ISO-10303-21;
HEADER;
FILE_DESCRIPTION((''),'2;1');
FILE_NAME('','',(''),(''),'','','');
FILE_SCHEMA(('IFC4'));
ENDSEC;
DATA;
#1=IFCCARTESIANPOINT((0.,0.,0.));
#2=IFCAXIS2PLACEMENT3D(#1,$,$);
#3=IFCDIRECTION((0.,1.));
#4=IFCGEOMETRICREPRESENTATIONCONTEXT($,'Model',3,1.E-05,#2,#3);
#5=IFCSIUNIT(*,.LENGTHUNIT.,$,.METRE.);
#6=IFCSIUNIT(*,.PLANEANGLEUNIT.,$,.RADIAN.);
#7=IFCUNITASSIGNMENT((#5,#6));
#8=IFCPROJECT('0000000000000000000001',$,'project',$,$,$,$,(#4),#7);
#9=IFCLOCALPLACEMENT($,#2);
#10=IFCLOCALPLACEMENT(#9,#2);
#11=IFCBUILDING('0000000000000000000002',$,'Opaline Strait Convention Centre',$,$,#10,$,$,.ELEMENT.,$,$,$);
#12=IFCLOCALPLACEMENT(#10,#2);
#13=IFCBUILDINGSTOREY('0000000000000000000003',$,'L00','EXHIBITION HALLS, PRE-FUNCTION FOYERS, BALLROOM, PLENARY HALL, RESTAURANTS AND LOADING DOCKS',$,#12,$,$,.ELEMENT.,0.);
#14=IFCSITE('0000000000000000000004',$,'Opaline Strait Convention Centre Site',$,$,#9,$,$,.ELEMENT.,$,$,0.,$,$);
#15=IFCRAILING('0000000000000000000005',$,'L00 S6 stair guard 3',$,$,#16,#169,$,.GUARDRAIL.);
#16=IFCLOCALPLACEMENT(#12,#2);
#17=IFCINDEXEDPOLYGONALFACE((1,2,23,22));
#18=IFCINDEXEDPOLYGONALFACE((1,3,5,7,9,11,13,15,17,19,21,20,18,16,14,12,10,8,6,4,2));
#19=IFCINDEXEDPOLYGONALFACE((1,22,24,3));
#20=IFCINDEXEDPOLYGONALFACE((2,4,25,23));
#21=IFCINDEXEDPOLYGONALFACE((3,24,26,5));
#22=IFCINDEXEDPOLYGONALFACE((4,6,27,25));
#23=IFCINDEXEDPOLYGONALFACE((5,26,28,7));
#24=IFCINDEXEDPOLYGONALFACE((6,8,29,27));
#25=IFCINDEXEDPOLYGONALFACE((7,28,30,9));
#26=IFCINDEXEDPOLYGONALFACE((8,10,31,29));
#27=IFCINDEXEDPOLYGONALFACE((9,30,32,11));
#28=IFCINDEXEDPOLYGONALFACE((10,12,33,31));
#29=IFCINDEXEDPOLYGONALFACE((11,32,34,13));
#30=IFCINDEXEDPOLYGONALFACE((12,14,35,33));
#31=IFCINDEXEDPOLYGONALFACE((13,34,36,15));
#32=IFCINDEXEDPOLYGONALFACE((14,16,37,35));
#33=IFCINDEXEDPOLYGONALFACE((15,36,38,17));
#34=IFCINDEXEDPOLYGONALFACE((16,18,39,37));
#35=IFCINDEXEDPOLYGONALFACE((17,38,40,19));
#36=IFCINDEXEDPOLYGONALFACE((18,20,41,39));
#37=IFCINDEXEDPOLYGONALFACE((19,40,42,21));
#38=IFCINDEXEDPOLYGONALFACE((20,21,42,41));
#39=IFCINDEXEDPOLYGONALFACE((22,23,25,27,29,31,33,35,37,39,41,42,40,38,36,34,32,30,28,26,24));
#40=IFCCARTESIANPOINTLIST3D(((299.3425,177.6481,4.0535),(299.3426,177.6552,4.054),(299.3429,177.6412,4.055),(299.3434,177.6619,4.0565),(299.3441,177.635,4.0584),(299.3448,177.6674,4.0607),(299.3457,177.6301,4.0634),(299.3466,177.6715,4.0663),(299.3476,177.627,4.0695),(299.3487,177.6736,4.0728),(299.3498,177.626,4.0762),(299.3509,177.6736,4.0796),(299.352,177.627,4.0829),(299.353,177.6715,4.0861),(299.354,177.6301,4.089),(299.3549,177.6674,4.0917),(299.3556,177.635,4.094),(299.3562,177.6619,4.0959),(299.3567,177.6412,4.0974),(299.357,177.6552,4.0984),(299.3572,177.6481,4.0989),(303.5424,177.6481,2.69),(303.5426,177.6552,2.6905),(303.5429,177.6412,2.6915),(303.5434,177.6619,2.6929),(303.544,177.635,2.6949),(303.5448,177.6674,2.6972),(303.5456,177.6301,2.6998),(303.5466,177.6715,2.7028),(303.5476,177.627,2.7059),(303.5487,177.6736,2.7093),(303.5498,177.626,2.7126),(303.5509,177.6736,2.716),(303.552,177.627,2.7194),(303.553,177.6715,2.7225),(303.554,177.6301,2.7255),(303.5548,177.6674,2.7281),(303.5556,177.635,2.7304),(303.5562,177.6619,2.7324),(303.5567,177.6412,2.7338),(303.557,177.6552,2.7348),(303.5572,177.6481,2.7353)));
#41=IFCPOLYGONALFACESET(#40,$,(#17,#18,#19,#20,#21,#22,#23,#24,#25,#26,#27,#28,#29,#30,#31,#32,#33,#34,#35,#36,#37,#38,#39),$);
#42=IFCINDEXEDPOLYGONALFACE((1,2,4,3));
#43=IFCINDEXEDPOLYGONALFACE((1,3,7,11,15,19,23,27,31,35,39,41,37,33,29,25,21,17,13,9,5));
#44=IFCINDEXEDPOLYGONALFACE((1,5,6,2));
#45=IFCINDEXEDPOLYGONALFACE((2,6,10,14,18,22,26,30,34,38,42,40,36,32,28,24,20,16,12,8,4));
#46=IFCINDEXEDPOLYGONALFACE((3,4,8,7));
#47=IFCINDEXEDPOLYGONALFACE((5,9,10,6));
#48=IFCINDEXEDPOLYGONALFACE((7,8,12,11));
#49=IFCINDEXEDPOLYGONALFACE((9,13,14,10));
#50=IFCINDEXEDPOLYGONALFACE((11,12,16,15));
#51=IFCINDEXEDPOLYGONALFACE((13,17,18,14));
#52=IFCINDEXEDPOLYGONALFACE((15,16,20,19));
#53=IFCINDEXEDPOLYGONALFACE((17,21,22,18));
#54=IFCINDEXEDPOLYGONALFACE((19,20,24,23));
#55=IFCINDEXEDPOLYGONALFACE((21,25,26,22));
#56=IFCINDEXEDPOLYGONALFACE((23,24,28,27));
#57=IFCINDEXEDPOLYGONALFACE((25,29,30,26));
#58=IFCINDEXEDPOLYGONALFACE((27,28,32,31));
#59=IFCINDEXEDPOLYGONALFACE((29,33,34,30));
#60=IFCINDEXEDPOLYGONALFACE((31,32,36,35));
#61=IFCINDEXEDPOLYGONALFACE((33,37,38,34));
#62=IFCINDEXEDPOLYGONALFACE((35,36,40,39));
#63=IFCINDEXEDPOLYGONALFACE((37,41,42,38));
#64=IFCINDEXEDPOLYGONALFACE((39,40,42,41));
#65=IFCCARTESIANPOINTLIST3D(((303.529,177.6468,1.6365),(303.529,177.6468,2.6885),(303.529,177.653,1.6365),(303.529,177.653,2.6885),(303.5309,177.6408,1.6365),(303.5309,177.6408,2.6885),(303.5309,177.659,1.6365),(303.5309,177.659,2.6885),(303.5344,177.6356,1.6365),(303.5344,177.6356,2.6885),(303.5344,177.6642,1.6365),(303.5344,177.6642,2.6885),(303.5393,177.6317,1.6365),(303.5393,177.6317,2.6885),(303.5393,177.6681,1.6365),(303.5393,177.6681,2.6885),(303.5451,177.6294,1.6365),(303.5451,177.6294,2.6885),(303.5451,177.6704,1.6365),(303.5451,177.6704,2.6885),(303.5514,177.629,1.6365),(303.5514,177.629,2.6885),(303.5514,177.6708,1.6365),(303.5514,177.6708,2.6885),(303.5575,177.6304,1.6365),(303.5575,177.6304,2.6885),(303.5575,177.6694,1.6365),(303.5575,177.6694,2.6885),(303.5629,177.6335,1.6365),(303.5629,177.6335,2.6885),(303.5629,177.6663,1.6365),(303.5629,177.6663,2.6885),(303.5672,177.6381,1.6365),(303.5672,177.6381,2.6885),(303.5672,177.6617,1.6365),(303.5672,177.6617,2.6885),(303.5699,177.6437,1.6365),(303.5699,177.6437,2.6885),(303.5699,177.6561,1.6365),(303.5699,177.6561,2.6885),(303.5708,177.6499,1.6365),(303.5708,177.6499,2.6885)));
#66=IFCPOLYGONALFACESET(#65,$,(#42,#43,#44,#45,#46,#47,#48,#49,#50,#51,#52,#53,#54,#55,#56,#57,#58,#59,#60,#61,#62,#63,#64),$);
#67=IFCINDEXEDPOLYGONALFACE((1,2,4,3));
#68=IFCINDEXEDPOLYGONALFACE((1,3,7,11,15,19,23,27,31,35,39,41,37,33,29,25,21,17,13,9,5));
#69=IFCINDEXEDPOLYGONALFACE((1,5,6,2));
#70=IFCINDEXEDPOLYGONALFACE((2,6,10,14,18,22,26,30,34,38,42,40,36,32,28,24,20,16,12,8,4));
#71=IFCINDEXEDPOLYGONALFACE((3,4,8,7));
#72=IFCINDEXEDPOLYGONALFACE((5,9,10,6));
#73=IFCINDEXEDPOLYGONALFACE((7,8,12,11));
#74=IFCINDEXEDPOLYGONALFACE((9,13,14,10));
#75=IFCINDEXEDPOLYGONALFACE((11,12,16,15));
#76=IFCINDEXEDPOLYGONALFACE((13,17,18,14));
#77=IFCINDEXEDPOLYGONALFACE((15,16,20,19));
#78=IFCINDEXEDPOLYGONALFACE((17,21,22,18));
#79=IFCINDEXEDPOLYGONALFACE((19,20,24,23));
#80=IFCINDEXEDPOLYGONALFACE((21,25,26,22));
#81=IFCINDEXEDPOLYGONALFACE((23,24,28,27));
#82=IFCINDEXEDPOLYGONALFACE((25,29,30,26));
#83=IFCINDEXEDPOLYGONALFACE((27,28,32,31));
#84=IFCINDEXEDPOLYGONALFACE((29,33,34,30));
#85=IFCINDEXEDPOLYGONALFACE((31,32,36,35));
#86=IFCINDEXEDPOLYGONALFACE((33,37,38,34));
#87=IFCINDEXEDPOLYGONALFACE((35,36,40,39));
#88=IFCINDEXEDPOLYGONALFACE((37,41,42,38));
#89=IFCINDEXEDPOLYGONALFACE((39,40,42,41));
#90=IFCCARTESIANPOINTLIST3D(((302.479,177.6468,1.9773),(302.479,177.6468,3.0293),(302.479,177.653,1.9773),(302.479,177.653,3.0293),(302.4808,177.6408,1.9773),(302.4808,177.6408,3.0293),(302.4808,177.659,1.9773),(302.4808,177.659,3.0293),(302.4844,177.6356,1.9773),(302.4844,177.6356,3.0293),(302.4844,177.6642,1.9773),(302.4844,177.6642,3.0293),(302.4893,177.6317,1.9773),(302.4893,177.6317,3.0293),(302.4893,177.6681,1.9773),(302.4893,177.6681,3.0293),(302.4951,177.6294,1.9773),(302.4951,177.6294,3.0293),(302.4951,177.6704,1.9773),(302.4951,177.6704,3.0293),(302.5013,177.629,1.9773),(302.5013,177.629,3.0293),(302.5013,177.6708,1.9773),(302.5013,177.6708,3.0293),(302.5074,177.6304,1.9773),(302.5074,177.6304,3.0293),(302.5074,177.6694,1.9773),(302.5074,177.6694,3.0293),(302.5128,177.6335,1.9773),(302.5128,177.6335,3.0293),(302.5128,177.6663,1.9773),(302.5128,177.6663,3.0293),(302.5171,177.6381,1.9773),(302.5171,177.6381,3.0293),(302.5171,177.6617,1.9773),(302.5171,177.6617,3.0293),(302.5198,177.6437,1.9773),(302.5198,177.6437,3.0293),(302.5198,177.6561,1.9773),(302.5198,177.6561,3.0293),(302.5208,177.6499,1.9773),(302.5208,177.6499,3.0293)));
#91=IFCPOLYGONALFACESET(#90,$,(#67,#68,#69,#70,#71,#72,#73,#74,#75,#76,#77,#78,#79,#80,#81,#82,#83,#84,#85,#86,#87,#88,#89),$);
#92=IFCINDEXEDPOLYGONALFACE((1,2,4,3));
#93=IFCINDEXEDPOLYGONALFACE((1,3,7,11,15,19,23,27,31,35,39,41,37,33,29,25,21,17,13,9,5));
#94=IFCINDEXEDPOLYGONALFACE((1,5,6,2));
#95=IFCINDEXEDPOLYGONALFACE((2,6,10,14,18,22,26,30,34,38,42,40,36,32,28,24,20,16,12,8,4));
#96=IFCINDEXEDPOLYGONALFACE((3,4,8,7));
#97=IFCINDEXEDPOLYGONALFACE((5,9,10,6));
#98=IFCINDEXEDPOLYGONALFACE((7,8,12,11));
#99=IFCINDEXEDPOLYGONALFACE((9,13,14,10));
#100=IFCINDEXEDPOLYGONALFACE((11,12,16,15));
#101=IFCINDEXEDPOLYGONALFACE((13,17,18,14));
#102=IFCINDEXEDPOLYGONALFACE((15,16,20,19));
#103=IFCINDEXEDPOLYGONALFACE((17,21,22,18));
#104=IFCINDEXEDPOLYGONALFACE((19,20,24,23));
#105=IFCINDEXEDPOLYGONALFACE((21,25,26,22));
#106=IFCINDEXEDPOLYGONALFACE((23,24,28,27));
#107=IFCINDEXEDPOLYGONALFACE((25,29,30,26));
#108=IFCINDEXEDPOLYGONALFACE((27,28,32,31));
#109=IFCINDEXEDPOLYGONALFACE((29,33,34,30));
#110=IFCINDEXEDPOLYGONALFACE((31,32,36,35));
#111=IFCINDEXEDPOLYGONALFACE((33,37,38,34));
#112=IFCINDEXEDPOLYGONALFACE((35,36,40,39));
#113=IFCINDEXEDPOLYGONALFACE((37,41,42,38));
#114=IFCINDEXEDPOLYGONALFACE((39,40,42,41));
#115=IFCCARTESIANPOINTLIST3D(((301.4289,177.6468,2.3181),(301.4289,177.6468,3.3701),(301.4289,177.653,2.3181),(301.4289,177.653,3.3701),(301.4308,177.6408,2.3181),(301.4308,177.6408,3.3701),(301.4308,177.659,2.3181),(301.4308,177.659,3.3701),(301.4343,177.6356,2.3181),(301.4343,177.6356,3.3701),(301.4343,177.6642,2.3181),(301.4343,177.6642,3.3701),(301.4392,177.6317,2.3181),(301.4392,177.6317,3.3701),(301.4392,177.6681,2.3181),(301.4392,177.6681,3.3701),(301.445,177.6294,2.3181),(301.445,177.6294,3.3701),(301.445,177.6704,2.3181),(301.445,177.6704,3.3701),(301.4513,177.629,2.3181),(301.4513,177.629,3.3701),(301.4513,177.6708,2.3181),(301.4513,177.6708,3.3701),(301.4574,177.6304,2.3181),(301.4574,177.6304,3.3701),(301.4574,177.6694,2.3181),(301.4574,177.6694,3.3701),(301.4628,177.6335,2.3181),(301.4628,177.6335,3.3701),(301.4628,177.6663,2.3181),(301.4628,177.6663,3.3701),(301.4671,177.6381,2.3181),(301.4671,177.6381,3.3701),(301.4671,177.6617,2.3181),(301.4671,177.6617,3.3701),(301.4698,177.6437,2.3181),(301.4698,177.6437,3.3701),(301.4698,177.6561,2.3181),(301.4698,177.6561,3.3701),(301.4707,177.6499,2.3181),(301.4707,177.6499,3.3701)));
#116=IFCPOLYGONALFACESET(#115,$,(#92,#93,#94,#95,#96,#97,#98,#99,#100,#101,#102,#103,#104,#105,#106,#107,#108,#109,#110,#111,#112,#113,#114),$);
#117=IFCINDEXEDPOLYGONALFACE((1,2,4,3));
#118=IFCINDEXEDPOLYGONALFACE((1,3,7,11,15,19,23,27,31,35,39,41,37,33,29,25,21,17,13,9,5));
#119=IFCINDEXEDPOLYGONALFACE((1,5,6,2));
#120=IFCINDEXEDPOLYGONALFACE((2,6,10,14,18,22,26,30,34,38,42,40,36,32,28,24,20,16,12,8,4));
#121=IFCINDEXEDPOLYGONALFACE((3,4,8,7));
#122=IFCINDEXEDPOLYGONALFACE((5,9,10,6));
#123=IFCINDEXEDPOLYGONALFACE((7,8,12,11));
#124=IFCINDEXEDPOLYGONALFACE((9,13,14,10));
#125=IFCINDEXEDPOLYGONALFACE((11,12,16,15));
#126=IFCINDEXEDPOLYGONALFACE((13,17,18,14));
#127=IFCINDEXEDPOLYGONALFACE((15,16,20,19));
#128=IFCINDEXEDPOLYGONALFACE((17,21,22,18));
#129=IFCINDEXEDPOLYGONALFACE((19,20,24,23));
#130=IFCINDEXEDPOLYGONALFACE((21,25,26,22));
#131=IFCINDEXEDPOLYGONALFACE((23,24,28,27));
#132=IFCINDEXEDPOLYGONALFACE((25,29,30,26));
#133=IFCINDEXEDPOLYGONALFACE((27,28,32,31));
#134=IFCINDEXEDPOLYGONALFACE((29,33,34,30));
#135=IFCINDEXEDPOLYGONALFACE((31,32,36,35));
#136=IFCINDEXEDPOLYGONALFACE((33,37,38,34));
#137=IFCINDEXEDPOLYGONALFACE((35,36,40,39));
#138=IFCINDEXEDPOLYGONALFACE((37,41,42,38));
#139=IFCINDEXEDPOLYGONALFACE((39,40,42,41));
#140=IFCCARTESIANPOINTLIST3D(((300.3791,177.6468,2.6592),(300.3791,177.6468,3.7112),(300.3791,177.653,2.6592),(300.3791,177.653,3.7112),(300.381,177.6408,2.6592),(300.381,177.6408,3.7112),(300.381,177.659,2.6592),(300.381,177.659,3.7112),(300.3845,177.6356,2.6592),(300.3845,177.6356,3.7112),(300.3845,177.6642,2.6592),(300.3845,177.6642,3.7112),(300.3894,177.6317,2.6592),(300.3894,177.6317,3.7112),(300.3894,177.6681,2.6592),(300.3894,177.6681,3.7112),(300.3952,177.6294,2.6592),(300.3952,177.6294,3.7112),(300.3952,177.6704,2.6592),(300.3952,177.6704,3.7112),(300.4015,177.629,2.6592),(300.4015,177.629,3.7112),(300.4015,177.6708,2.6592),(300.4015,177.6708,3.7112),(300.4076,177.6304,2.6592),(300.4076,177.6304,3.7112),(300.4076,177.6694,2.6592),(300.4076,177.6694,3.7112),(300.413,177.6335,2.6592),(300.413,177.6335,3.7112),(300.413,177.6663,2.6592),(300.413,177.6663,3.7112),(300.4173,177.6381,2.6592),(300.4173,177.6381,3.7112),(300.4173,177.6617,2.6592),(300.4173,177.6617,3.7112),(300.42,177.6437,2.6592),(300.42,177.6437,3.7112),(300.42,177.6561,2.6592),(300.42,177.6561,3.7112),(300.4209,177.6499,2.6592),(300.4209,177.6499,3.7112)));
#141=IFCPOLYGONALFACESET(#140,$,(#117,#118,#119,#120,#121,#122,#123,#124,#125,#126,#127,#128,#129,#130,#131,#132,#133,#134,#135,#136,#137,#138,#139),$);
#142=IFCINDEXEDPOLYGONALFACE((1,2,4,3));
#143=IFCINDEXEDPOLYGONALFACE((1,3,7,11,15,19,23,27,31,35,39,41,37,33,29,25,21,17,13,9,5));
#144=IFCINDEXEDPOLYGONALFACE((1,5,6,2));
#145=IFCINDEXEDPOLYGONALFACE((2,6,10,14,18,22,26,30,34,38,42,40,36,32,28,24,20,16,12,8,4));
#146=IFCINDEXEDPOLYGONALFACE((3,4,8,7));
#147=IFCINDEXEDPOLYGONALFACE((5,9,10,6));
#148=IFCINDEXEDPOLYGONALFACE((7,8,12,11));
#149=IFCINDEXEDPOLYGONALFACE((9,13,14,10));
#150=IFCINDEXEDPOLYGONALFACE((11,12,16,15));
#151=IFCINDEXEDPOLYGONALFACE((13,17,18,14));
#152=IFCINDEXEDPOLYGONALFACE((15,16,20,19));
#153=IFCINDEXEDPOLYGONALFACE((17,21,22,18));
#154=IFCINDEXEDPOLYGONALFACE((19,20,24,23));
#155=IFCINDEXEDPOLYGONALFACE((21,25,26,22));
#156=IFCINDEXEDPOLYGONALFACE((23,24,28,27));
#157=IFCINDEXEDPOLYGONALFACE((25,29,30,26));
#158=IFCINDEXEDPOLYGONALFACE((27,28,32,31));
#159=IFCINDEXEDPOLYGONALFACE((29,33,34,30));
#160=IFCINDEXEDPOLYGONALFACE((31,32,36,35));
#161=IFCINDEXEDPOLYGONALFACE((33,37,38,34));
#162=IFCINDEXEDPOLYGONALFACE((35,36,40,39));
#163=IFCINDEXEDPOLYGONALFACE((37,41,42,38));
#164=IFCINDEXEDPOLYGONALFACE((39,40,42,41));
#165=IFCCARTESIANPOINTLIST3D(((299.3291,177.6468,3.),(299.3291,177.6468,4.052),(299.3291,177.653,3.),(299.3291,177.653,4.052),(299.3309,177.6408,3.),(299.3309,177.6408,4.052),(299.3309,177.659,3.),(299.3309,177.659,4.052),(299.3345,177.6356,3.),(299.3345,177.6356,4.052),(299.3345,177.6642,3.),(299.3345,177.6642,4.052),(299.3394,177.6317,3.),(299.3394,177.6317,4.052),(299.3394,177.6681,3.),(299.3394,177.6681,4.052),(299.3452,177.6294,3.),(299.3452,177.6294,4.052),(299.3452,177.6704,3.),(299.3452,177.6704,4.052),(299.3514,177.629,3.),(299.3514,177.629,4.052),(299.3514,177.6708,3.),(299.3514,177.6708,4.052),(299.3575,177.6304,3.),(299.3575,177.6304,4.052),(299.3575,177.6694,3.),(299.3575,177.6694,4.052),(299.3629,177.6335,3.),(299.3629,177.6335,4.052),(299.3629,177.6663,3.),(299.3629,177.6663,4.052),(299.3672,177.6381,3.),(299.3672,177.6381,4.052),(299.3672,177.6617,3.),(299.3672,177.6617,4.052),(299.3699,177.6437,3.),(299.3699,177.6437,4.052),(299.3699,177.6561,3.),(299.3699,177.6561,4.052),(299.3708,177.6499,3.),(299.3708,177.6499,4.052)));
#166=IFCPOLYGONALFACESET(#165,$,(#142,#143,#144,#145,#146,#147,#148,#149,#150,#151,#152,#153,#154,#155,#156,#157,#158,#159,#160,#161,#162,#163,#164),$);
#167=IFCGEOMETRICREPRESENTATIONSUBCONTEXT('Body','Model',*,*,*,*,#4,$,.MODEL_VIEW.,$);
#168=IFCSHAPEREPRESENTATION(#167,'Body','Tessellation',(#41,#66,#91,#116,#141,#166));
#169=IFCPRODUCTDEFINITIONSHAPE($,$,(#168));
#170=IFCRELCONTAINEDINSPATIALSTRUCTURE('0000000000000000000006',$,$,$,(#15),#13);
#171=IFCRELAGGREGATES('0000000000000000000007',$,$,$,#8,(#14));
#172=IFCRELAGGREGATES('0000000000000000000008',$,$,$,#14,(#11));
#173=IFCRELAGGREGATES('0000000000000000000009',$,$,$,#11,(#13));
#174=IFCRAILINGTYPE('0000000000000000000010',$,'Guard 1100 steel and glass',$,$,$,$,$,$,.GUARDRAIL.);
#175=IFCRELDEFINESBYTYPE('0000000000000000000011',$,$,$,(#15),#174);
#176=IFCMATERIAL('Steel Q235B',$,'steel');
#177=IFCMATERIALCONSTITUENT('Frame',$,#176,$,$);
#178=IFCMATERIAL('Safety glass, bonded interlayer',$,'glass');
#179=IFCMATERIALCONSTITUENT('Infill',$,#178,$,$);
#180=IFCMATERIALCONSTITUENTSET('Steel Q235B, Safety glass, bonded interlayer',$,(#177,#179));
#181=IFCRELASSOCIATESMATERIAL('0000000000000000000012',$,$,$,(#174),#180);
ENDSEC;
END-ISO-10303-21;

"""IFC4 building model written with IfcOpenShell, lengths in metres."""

from ifc_helpers import new_model, si_unit, direction, frame, origin, origin_2d, place, context, subcontext, project, spatial, circle, extrude, material, constituent, constituent_set, type_object, element, save


model = new_model("IFC4")

# Units and contexts
model_context = context("Model", 3, precision=1e-05, world=origin(), true_north=direction((0.0, 1.0)))
body_context = subcontext(model_context, "Body", "Model", "MODEL_VIEW")
ifc_project = project(units=[si_unit("LENGTHUNIT", "METRE"), si_unit("PLANEANGLEUNIT", "RADIAN")], contexts=[model_context])

# Site, building, storey
site_placement = place(None, origin())
site = spatial("IfcSite", under=ifc_project, at=site_placement, Name="Opaline Strait Convention Centre Site", CompositionType="ELEMENT", RefElevation=0.0)
building_placement = place(site_placement, origin())
building = spatial("IfcBuilding", under=site, at=building_placement, Name="Opaline Strait Convention Centre", CompositionType="ELEMENT")
storey_placement = place(building_placement, origin())
storey = spatial("IfcBuildingStorey", under=building, at=storey_placement, Name="L00", Description="EXHIBITION HALLS, PRE-FUNCTION FOYERS, BALLROOM, PLENARY HALL, RESTAURANTS AND LOADING DOCKS", CompositionType="ELEMENT", Elevation=0.0)

# Railing
ifc_material_1 = material(Name="Steel Q235B", Category="steel")
ifc_constituent_1 = constituent(ifc_material_1, Name="Frame")
ifc_material_2 = material(Name="Safety glass, bonded interlayer", Category="glass")
ifc_constituent_2 = constituent(ifc_material_2, Name="Infill")
ifc_constituent_set = constituent_set(constituents=[ifc_constituent_1, ifc_constituent_2], Name="Steel Q235B, Safety glass, bonded interlayer")
railing_type_1 = type_object("IfcRailingType", Name="Guard 1100 steel and glass", PredefinedType="GUARDRAIL", material=ifc_constituent_set)
railing_1_placement = place(storey_placement, frame((303.5498, 177.6499, 1.6365)))
element("IfcRailing", 1, at=railing_1_placement, inside=storey, type_object=railing_type_1, Name="L00 S6 stair guard 3", PredefinedType="GUARDRAIL", context=body_context, shape_type="SweptSolid", body=[
    extrude(circle(Radius=0.0239, at=origin_2d()), frame((0.0, 0.0, 1.0762), z_axis=(-0.951131, 0.0, 0.308787), x_axis=(0.0, -1.0, 0.0)), (0.0, 0.0, 1.0), 4.4158),
    extrude(circle(Radius=0.021, at=origin_2d()), origin(), (0.0, 0.0, 1.0), 1.052),
    extrude(circle(Radius=0.021, at=origin_2d()), frame((-1.05, 0.0, 0.3408)), (0.0, 0.0, 1.0), 1.052),
    extrude(circle(Radius=0.021, at=origin_2d()), frame((-2.1001, 0.0, 0.6816)), (0.0, 0.0, 1.0), 1.052),
    extrude(circle(Radius=0.021, at=origin_2d()), frame((-3.1499, 0.0, 1.0227)), (0.0, 0.0, 1.0), 1.052),
    extrude(circle(Radius=0.021, at=origin_2d()), frame((-4.2, 0.0, 1.3635)), (0.0, 0.0, 1.0), 1.052),
])

save(model, "model.ifc")
